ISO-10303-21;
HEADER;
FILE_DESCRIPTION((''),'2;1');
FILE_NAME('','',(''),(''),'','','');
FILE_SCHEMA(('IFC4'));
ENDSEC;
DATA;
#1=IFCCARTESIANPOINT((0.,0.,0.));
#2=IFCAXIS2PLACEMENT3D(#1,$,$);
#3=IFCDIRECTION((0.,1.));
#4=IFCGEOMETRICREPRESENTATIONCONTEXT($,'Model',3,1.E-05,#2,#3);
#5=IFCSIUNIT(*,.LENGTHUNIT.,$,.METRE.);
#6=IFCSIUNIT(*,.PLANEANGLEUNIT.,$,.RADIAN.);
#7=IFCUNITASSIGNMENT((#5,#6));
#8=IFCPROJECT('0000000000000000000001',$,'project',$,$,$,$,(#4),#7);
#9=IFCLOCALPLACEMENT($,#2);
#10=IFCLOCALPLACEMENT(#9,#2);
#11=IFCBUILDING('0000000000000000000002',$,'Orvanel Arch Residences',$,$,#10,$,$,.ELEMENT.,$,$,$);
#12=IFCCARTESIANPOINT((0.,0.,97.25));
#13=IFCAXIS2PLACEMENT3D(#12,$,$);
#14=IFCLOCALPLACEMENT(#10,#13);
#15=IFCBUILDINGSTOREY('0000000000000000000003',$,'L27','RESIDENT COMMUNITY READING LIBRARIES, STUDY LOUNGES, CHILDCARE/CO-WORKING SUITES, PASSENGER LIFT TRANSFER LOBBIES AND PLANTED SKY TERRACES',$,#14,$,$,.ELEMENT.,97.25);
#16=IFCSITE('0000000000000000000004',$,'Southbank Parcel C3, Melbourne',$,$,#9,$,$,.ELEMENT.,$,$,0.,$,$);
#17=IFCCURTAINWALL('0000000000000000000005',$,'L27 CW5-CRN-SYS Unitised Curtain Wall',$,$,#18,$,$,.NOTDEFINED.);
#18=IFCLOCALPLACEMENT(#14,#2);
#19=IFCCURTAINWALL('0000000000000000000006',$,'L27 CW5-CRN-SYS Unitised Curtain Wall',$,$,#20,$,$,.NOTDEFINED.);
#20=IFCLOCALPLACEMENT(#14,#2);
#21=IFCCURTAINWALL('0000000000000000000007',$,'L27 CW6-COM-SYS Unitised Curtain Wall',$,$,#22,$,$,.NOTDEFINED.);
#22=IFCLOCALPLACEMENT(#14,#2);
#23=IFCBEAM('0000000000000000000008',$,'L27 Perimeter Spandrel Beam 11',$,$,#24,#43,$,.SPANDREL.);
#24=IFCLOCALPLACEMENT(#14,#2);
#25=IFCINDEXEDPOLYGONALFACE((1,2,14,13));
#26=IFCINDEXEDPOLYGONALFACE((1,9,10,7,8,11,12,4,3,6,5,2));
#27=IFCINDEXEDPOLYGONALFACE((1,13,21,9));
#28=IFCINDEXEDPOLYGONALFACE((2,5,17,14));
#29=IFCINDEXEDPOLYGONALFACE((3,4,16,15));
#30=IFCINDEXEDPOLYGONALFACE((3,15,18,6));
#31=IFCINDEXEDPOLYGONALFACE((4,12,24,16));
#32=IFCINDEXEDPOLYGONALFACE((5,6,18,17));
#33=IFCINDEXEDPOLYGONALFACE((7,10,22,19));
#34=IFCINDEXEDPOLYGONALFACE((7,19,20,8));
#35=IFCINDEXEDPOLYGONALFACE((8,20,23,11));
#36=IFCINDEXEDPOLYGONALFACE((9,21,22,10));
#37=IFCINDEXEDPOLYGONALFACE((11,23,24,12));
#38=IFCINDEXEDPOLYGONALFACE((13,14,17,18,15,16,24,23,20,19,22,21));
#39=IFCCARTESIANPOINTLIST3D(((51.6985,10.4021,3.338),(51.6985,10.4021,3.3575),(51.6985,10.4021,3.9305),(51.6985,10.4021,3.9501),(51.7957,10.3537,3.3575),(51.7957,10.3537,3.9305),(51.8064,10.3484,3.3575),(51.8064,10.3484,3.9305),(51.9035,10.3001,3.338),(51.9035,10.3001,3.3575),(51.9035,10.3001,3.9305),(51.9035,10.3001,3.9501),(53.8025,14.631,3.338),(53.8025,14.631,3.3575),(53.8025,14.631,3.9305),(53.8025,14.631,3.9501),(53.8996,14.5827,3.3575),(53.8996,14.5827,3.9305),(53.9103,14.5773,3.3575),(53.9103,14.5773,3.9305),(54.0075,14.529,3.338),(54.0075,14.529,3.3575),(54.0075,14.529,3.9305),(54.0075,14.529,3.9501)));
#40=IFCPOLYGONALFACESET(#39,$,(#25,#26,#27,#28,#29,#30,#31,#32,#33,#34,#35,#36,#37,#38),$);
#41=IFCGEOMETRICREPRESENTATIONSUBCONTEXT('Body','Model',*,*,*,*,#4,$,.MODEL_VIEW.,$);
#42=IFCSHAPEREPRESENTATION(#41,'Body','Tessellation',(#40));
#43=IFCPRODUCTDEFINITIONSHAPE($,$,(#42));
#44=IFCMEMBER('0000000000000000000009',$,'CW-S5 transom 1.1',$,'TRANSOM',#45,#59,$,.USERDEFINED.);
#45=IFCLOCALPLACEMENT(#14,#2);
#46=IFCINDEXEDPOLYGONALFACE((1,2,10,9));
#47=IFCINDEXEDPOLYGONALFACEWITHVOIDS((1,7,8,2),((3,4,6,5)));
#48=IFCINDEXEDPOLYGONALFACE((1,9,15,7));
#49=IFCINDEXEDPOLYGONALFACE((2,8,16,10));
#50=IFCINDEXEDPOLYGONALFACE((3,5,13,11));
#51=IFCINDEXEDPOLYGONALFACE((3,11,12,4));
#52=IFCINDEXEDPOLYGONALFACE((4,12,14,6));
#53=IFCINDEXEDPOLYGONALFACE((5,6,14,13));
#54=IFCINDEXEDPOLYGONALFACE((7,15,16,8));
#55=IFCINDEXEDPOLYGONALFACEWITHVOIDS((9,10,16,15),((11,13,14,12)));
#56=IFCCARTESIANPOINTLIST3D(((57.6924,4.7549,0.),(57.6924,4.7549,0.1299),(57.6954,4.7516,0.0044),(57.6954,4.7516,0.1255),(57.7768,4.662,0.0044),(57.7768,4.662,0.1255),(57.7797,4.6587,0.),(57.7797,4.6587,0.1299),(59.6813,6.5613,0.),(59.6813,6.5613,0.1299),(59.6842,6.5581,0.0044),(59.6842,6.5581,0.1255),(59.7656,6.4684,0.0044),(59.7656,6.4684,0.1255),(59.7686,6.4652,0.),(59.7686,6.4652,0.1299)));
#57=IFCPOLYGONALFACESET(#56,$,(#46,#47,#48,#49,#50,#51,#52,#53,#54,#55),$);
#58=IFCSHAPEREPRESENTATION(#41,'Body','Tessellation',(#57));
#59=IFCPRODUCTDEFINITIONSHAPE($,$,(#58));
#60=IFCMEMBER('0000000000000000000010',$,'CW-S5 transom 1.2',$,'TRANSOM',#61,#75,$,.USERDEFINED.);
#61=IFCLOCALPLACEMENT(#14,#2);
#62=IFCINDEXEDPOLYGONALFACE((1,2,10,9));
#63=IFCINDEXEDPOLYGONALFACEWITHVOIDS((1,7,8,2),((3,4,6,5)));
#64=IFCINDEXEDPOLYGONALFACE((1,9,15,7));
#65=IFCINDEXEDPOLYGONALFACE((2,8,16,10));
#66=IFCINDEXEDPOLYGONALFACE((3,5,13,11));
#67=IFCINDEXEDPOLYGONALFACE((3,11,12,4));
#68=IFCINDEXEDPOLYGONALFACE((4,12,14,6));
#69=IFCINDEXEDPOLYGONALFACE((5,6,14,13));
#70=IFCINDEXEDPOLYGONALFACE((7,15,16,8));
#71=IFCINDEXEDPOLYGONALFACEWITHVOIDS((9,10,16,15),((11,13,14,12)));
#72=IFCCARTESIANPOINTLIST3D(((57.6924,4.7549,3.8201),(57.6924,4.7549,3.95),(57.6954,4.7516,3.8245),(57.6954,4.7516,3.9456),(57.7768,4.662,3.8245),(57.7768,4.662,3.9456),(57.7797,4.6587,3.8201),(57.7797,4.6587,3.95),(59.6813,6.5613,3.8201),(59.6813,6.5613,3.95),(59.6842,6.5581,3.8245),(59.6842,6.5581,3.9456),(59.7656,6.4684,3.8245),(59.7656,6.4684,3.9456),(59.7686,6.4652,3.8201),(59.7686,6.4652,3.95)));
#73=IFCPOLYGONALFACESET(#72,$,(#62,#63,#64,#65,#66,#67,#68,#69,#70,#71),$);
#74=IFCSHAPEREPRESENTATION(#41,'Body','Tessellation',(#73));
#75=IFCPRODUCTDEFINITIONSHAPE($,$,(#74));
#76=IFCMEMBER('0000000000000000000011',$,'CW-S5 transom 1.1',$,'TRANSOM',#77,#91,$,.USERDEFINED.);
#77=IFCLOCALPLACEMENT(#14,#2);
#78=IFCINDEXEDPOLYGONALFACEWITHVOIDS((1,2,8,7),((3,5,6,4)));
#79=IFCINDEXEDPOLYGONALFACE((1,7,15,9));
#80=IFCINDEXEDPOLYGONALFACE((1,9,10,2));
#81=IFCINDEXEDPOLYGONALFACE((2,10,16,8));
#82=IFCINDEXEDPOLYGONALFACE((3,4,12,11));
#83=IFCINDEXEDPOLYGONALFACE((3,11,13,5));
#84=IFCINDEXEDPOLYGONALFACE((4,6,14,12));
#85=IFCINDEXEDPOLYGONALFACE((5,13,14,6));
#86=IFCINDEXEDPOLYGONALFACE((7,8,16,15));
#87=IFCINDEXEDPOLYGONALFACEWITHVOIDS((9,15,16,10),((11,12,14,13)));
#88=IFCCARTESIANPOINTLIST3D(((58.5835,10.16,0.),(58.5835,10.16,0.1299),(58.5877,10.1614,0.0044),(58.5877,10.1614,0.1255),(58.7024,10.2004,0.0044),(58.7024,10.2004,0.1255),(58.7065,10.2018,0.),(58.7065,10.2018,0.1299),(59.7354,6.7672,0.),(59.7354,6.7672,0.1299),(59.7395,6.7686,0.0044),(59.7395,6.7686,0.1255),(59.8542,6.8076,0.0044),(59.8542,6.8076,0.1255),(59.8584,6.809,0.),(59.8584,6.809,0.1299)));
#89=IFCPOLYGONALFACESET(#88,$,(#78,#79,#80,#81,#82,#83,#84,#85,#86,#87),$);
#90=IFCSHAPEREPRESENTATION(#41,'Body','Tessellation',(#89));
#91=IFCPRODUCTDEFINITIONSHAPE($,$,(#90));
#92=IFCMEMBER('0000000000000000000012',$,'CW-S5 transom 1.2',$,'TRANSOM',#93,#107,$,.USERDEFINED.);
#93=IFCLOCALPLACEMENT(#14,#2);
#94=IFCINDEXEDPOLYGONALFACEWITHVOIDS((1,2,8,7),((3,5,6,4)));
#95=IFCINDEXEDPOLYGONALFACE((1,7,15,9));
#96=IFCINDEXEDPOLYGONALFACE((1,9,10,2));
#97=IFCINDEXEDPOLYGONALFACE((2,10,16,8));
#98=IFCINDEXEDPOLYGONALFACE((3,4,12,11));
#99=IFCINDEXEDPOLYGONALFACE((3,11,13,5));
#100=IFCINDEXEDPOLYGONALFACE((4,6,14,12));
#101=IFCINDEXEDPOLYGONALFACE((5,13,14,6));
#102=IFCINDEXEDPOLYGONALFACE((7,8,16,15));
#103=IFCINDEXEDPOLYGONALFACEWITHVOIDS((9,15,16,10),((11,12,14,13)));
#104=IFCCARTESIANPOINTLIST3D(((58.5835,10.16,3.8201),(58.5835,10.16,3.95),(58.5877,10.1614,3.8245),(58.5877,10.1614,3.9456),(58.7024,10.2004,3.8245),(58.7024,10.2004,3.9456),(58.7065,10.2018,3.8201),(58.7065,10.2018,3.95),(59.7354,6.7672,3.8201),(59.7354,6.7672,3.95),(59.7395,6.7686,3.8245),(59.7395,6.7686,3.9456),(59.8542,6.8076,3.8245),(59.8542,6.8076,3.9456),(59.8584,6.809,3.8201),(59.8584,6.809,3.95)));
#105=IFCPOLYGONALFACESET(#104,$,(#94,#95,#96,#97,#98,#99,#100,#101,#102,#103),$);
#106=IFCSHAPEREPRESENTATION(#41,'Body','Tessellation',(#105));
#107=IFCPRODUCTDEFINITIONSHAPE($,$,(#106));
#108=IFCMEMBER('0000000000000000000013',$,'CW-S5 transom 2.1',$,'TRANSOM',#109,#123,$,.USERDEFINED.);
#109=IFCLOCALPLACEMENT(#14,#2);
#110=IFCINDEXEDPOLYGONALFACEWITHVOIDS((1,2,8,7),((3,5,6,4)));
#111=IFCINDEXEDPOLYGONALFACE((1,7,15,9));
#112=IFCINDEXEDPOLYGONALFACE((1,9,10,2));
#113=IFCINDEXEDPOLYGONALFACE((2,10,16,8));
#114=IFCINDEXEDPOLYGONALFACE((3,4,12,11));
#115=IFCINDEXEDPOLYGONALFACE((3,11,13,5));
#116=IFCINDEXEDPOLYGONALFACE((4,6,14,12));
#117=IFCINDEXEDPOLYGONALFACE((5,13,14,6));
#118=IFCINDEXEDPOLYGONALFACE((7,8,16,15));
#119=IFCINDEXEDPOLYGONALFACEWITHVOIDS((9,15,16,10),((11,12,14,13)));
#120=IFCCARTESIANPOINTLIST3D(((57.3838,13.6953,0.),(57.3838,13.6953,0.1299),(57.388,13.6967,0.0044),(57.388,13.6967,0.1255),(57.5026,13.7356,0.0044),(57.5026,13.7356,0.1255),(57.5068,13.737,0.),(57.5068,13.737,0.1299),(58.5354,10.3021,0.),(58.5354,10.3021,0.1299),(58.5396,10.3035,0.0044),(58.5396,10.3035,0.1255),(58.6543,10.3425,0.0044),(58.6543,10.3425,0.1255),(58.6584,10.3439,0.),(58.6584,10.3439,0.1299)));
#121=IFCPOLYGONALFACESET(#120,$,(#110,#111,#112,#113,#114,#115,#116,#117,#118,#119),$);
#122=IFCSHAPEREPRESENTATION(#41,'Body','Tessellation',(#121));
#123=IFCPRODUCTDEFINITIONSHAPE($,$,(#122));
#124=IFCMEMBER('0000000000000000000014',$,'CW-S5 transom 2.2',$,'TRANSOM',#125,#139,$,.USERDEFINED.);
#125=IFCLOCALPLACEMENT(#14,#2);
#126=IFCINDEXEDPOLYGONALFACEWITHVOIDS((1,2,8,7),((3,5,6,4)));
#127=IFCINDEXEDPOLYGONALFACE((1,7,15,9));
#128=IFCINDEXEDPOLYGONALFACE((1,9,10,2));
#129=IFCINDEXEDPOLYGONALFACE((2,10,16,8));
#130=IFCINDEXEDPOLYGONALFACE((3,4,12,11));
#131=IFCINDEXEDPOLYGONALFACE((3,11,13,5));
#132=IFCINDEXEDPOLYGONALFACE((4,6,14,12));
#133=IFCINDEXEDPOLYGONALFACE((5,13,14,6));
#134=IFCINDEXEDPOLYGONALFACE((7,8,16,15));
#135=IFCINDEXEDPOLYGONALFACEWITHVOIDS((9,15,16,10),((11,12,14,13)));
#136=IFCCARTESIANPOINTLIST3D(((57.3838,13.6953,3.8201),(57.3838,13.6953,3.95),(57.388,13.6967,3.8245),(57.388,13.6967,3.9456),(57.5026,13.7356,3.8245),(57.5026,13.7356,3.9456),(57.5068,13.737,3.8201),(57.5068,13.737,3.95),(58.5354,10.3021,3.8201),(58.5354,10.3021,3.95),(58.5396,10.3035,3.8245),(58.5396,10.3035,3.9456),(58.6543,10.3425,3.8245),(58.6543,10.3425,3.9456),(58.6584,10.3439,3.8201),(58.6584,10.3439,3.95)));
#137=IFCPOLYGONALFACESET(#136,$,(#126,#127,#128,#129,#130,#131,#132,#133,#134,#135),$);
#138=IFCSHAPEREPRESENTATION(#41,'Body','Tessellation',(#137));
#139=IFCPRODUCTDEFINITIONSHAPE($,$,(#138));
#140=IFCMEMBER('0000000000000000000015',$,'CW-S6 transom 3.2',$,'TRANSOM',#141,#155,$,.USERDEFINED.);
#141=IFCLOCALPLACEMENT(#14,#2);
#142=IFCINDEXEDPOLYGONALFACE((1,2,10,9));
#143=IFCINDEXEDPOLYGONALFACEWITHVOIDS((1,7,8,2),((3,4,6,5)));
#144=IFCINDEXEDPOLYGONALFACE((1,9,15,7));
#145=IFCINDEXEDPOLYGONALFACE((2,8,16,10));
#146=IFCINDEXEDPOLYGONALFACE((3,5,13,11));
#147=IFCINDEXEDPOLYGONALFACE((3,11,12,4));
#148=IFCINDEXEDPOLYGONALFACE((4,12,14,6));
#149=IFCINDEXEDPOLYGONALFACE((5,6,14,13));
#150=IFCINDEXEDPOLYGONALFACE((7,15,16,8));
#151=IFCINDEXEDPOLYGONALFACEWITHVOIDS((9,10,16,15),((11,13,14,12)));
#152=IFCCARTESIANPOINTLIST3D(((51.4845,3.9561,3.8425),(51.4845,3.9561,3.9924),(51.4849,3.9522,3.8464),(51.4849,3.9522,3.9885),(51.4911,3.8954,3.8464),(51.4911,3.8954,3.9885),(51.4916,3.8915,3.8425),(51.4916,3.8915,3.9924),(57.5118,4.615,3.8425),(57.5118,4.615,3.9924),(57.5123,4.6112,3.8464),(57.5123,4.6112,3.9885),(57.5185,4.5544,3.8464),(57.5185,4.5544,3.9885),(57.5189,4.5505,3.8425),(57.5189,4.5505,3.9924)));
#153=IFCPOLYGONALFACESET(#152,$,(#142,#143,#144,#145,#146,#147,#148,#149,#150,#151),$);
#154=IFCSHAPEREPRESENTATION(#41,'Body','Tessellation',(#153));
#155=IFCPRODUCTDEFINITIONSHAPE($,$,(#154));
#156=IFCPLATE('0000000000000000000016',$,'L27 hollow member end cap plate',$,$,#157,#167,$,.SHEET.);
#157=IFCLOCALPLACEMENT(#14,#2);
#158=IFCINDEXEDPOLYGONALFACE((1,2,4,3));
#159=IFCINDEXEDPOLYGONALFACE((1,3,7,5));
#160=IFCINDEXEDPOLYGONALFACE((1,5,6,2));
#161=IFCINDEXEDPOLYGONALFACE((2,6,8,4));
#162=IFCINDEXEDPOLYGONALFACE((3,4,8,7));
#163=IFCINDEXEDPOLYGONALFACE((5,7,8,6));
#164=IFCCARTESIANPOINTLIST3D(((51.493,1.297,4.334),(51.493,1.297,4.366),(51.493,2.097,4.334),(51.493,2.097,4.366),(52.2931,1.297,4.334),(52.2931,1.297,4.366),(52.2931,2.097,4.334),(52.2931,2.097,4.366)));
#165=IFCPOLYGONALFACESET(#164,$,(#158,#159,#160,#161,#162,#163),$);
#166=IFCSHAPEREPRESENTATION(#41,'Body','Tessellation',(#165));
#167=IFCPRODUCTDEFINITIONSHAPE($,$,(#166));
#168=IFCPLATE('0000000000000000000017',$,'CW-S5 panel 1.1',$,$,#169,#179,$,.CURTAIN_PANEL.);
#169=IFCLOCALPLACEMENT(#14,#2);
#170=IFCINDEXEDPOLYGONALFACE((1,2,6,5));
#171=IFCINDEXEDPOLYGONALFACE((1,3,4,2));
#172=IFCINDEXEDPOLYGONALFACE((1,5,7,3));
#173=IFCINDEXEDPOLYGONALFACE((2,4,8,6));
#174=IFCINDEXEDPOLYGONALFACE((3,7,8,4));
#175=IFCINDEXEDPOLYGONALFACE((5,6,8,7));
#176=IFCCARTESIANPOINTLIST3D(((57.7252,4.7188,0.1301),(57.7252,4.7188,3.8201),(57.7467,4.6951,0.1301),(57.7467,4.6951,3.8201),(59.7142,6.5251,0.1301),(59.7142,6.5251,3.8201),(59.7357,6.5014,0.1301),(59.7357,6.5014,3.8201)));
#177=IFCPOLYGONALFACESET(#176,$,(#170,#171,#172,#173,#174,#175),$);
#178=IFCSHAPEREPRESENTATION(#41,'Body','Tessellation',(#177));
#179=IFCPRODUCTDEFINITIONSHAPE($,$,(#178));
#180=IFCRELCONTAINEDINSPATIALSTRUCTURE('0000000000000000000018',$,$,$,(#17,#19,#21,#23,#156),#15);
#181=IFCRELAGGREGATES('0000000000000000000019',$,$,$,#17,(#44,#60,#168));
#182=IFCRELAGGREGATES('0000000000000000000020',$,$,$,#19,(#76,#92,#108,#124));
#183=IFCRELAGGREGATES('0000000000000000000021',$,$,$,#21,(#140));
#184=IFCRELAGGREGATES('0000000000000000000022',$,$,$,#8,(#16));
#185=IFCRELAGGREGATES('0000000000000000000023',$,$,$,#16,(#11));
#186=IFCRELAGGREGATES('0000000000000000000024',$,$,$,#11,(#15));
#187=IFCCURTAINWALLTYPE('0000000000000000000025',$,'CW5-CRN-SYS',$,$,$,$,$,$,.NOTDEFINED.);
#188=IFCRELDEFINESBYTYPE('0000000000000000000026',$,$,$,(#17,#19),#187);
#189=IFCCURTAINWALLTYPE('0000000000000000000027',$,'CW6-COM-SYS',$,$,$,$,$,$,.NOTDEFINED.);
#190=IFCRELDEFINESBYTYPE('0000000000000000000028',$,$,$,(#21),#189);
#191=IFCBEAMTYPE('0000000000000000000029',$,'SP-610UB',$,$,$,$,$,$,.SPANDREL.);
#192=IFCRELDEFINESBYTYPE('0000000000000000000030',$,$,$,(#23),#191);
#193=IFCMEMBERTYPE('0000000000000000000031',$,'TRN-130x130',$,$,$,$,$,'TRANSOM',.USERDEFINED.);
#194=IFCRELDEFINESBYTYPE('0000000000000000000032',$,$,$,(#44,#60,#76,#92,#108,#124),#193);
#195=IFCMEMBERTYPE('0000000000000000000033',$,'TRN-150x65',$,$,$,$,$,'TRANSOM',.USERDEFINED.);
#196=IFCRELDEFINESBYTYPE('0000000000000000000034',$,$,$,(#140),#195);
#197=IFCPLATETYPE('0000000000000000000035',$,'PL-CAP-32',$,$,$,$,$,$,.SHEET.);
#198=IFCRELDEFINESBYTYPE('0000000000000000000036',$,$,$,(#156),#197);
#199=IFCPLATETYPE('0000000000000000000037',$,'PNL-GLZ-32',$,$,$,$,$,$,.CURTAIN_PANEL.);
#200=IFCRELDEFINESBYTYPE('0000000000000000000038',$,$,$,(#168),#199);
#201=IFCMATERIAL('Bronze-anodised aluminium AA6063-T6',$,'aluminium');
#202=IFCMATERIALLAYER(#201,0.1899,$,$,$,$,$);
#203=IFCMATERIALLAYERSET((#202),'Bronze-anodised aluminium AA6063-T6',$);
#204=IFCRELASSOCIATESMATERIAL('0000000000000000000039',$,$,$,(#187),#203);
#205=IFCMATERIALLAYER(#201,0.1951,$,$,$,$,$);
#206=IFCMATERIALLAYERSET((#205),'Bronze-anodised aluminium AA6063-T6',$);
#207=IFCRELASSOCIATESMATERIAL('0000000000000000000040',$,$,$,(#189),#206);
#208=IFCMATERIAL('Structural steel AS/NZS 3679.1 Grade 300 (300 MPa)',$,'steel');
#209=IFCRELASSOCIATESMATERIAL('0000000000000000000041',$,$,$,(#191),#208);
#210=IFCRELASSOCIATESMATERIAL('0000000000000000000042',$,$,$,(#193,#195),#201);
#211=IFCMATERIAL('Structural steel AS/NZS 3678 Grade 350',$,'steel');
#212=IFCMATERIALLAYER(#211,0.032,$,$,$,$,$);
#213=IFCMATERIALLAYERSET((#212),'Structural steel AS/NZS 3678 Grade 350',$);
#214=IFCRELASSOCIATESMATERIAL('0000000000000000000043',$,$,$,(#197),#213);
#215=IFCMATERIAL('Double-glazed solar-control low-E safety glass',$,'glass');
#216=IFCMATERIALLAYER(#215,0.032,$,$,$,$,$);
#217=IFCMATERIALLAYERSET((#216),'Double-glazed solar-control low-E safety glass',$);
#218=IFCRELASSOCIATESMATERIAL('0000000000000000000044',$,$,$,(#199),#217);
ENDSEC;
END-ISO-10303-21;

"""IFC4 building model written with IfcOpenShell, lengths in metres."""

from ifc_helpers import new_model, si_unit, direction, frame, origin, origin_2d, place, context, subcontext, project, spatial, rectangle, hollow_rectangle, i_section, extrude, material, layer, layer_set, material_profile, profile_set, type_object, element, aggregate, save


model = new_model("IFC4")

# Units and contexts
model_context = context("Model", 3, precision=1e-05, world=origin(), true_north=direction((0.0, 1.0)))
body_context = subcontext(model_context, "Body", "Model", "MODEL_VIEW")
ifc_project = project(units=[si_unit("LENGTHUNIT", "METRE"), si_unit("PLANEANGLEUNIT", "RADIAN")], contexts=[model_context])

# Site, building, storey
site_placement = place(None, origin())
site = spatial("IfcSite", under=ifc_project, at=site_placement, Name="Southbank Parcel C3, Melbourne", CompositionType="ELEMENT", RefElevation=0.0)
building_placement = place(site_placement, origin())
building = spatial("IfcBuilding", under=site, at=building_placement, Name="Orvanel Arch Residences", CompositionType="ELEMENT")
storey_placement = place(building_placement, frame((0.0, 0.0, 97.25)))
storey = spatial("IfcBuildingStorey", under=building, at=storey_placement, Name="L27", Description="RESIDENT COMMUNITY READING LIBRARIES, STUDY LOUNGES, CHILDCARE/CO-WORKING SUITES, PASSENGER LIFT TRANSFER LOBBIES AND PLANTED SKY TERRACES", CompositionType="ELEMENT", Elevation=97.25)

# Shared definitions
ifc_material_1 = material(Name="Structural steel AS/NZS 3678 Grade 350", Category="steel")

# Curtain walls
ifc_material_2 = material(Name="Bronze-anodised aluminium AA6063-T6", Category="aluminium")
ifc_layer_1 = layer(ifc_material_2, 0.1899)
ifc_layer_set_1 = layer_set([ifc_layer_1], Name="Bronze-anodised aluminium AA6063-T6")
curtain_wall_type_1 = type_object("IfcCurtainWallType", Name="CW5-CRN-SYS", PredefinedType="NOTDEFINED", material=ifc_layer_set_1)
curtain_wall_1_placement = place(storey_placement, origin())
curtain_wall_1 = element("IfcCurtainWall", 1, at=curtain_wall_1_placement, inside=storey, type_object=curtain_wall_type_1, Name="L27 CW5-CRN-SYS Unitised Curtain Wall", PredefinedType="NOTDEFINED")
curtain_wall_2_placement = place(storey_placement, origin())
curtain_wall_2 = element("IfcCurtainWall", 2, at=curtain_wall_2_placement, inside=storey, type_object=curtain_wall_type_1, Name="L27 CW5-CRN-SYS Unitised Curtain Wall", PredefinedType="NOTDEFINED")

# Curtain wall
ifc_layer_2 = layer(ifc_material_2, 0.1951)
ifc_layer_set_2 = layer_set([ifc_layer_2], Name="Bronze-anodised aluminium AA6063-T6")
curtain_wall_type_2 = type_object("IfcCurtainWallType", Name="CW6-COM-SYS", PredefinedType="NOTDEFINED", material=ifc_layer_set_2)
curtain_wall_3_placement = place(storey_placement, origin())
curtain_wall_3 = element("IfcCurtainWall", 3, at=curtain_wall_3_placement, inside=storey, type_object=curtain_wall_type_2, Name="L27 CW6-COM-SYS Unitised Curtain Wall", PredefinedType="NOTDEFINED")

# Beam
ifc_material_3 = material(Name="Structural steel AS/NZS 3679.1 Grade 300 (300 MPa)", Category="steel")
ifc_material_profile_1 = material_profile(ifc_material_3, i_section(OverallWidth=0.229, OverallDepth=0.6121, WebThickness=0.012, FlangeThickness=0.0195, at=origin_2d()), Name="610UB125")
ifc_profile_set_1 = profile_set([ifc_material_profile_1], Name="Structural steel AS/NZS 3679.1 Grade 300 (300 MPa)")
beam_type_1 = type_object("IfcBeamType", Name="SP-610UB", PredefinedType="SPANDREL", material=ifc_profile_set_1)
beam_1_placement = place(storey_placement, frame((51.801, 10.3511, 3.644), z_axis=(0.445435, 0.895314, 0.0), x_axis=(-0.895314, 0.445435, 0.0)))
element("IfcBeam", 4, at=beam_1_placement, inside=storey, type_object=beam_type_1, Name="L27 Perimeter Spandrel Beam 11", PredefinedType="SPANDREL", context=body_context, shape_type="SweptSolid", body=[
    extrude(i_section(OverallWidth=0.229, OverallDepth=0.6121, WebThickness=0.012, FlangeThickness=0.0195, at=origin_2d()), origin(), (0.0, 0.0, 1.0), 4.7234),
])

# Members
ifc_material_profile_2 = material_profile(ifc_material_2, hollow_rectangle(XDim=0.1299, YDim=0.1299, WallThickness=0.0044, at=origin_2d()), Name="ALU130x130x4.5")
ifc_profile_set_2 = profile_set([ifc_material_profile_2], Name="Bronze-anodised aluminium AA6063-T6")
member_type_1 = type_object("IfcMemberType", Name="TRN-130x130", ElementType="TRANSOM", PredefinedType="USERDEFINED", material=ifc_profile_set_2)
member_1_placement = place(storey_placement, frame((57.7361, 4.7068, 0.0649), z_axis=(0.740232, 0.672352, 0.0), x_axis=(-0.672352, 0.740232, 0.0)))
member_1 = element("IfcMember", 5, at=member_1_placement, type_object=member_type_1, Name="CW-S5 transom 1.1", ObjectType="TRANSOM", PredefinedType="USERDEFINED", context=body_context, shape_type="SweptSolid", body=[
    extrude(hollow_rectangle(XDim=0.1299, YDim=0.1299, WallThickness=0.0044, at=origin_2d()), origin(), (0.0, 0.0, 1.0), 2.6868),
])
member_2_placement = place(storey_placement, frame((57.7361, 4.7068, 3.885), z_axis=(0.740232, 0.672352, 0.0), x_axis=(-0.672352, 0.740232, 0.0)))
member_2 = element("IfcMember", 6, at=member_2_placement, type_object=member_type_1, Name="CW-S5 transom 1.2", ObjectType="TRANSOM", PredefinedType="USERDEFINED", context=body_context, shape_type="SweptSolid", body=[
    extrude(hollow_rectangle(XDim=0.1299, YDim=0.1299, WallThickness=0.0044, at=origin_2d()), origin(), (0.0, 0.0, 1.0), 2.6868),
])
member_3_placement = place(storey_placement, frame((59.7969, 6.7881, 0.0649), z_axis=(-0.321476, 0.946918, 0.0), x_axis=(-0.946918, -0.321476, 0.0)))
member_3 = element("IfcMember", 7, at=member_3_placement, type_object=member_type_1, Name="CW-S5 transom 1.1", ObjectType="TRANSOM", PredefinedType="USERDEFINED", context=body_context, shape_type="SweptSolid", body=[
    extrude(hollow_rectangle(XDim=0.1299, YDim=0.1299, WallThickness=0.0044, at=origin_2d()), origin(), (0.0, 0.0, 1.0), 3.583),
])
member_4_placement = place(storey_placement, frame((59.7969, 6.7881, 3.885), z_axis=(-0.321476, 0.946918, 0.0), x_axis=(-0.946918, -0.321476, 0.0)))
member_4 = element("IfcMember", 8, at=member_4_placement, type_object=member_type_1, Name="CW-S5 transom 1.2", ObjectType="TRANSOM", PredefinedType="USERDEFINED", context=body_context, shape_type="SweptSolid", body=[
    extrude(hollow_rectangle(XDim=0.1299, YDim=0.1299, WallThickness=0.0044, at=origin_2d()), origin(), (0.0, 0.0, 1.0), 3.583),
])
member_5_placement = place(storey_placement, frame((58.5969, 10.323, 0.0649), z_axis=(-0.321395, 0.946945, 0.0), x_axis=(-0.946945, -0.321395, 0.0)))
member_5 = element("IfcMember", 9, at=member_5_placement, type_object=member_type_1, Name="CW-S5 transom 2.1", ObjectType="TRANSOM", PredefinedType="USERDEFINED", context=body_context, shape_type="SweptSolid", body=[
    extrude(hollow_rectangle(XDim=0.1299, YDim=0.1299, WallThickness=0.0044, at=origin_2d()), origin(), (0.0, 0.0, 1.0), 3.5833),
])
member_6_placement = place(storey_placement, frame((58.5969, 10.323, 3.885), z_axis=(-0.321395, 0.946945, 0.0), x_axis=(-0.946945, -0.321395, 0.0)))
member_6 = element("IfcMember", 10, at=member_6_placement, type_object=member_type_1, Name="CW-S5 transom 2.2", ObjectType="TRANSOM", PredefinedType="USERDEFINED", context=body_context, shape_type="SweptSolid", body=[
    extrude(hollow_rectangle(XDim=0.1299, YDim=0.1299, WallThickness=0.0044, at=origin_2d()), origin(), (0.0, 0.0, 1.0), 3.5833),
])
ifc_material_profile_3 = material_profile(ifc_material_2, hollow_rectangle(XDim=0.0649, YDim=0.1499, WallThickness=0.0039, at=origin_2d()), Name="ALU150x65x4")
ifc_profile_set_3 = profile_set([ifc_material_profile_3], Name="Bronze-anodised aluminium AA6063-T6")
member_type_2 = type_object("IfcMemberType", Name="TRN-150x65", ElementType="TRANSOM", PredefinedType="USERDEFINED", material=ifc_profile_set_3)
member_7_placement = place(storey_placement, frame((51.488, 3.9238, 3.9175), z_axis=(0.994077, 0.108677, 0.0), x_axis=(-0.108677, 0.994077, 0.0)))
member_7 = element("IfcMember", 11, at=member_7_placement, type_object=member_type_2, Name="CW-S6 transom 3.2", ObjectType="TRANSOM", PredefinedType="USERDEFINED", context=body_context, shape_type="SweptSolid", body=[
    extrude(hollow_rectangle(XDim=0.0649, YDim=0.1499, WallThickness=0.0039, at=origin_2d()), origin(), (0.0, 0.0, 1.0), 6.0632),
])

# Plates
ifc_layer_3 = layer(ifc_material_1, 0.032)
ifc_layer_set_3 = layer_set([ifc_layer_3], Name="Structural steel AS/NZS 3678 Grade 350")
plate_type_1 = type_object("IfcPlateType", Name="PL-CAP-32", PredefinedType="SHEET", material=ifc_layer_set_3)
plate_1_placement = place(storey_placement, frame((51.8931, 1.697, 4.334), z_axis=(0.0, 0.0, 1.0), x_axis=(1.0, 0.0, 0.0)))
element("IfcPlate", 12, at=plate_1_placement, inside=storey, type_object=plate_type_1, Name="L27 hollow member end cap plate", PredefinedType="SHEET", context=body_context, shape_type="SweptSolid", body=[
    extrude(rectangle(XDim=0.8, YDim=0.8, at=origin_2d()), origin(), (0.0, 0.0, 1.0), 0.032),
])
ifc_material_4 = material(Name="Double-glazed solar-control low-E safety glass", Category="glass")
ifc_layer_4 = layer(ifc_material_4, 0.032)
ifc_layer_set_4 = layer_set([ifc_layer_4], Name="Double-glazed solar-control low-E safety glass")
plate_type_2 = type_object("IfcPlateType", Name="PNL-GLZ-32", PredefinedType="CURTAIN_PANEL", material=ifc_layer_set_4)
plate_2_placement = place(storey_placement, frame((58.7305, 5.6101, 0.1301), z_axis=(0.0, 0.0, 1.0), x_axis=(0.740273, 0.672306, 0.0)))
plate_2 = element("IfcPlate", 13, at=plate_2_placement, type_object=plate_type_2, Name="CW-S5 panel 1.1", PredefinedType="CURTAIN_PANEL", context=body_context, shape_type="SweptSolid", body=[
    extrude(rectangle(XDim=2.6868, YDim=0.032, at=origin_2d()), origin(), (0.0, 0.0, 1.0), 3.6899),
])
aggregate(curtain_wall_1, [member_1, member_2, plate_2])
aggregate(curtain_wall_2, [member_3, member_4, member_5, member_6])
aggregate(curtain_wall_3, [member_7])

save(model, "model.ifc")
